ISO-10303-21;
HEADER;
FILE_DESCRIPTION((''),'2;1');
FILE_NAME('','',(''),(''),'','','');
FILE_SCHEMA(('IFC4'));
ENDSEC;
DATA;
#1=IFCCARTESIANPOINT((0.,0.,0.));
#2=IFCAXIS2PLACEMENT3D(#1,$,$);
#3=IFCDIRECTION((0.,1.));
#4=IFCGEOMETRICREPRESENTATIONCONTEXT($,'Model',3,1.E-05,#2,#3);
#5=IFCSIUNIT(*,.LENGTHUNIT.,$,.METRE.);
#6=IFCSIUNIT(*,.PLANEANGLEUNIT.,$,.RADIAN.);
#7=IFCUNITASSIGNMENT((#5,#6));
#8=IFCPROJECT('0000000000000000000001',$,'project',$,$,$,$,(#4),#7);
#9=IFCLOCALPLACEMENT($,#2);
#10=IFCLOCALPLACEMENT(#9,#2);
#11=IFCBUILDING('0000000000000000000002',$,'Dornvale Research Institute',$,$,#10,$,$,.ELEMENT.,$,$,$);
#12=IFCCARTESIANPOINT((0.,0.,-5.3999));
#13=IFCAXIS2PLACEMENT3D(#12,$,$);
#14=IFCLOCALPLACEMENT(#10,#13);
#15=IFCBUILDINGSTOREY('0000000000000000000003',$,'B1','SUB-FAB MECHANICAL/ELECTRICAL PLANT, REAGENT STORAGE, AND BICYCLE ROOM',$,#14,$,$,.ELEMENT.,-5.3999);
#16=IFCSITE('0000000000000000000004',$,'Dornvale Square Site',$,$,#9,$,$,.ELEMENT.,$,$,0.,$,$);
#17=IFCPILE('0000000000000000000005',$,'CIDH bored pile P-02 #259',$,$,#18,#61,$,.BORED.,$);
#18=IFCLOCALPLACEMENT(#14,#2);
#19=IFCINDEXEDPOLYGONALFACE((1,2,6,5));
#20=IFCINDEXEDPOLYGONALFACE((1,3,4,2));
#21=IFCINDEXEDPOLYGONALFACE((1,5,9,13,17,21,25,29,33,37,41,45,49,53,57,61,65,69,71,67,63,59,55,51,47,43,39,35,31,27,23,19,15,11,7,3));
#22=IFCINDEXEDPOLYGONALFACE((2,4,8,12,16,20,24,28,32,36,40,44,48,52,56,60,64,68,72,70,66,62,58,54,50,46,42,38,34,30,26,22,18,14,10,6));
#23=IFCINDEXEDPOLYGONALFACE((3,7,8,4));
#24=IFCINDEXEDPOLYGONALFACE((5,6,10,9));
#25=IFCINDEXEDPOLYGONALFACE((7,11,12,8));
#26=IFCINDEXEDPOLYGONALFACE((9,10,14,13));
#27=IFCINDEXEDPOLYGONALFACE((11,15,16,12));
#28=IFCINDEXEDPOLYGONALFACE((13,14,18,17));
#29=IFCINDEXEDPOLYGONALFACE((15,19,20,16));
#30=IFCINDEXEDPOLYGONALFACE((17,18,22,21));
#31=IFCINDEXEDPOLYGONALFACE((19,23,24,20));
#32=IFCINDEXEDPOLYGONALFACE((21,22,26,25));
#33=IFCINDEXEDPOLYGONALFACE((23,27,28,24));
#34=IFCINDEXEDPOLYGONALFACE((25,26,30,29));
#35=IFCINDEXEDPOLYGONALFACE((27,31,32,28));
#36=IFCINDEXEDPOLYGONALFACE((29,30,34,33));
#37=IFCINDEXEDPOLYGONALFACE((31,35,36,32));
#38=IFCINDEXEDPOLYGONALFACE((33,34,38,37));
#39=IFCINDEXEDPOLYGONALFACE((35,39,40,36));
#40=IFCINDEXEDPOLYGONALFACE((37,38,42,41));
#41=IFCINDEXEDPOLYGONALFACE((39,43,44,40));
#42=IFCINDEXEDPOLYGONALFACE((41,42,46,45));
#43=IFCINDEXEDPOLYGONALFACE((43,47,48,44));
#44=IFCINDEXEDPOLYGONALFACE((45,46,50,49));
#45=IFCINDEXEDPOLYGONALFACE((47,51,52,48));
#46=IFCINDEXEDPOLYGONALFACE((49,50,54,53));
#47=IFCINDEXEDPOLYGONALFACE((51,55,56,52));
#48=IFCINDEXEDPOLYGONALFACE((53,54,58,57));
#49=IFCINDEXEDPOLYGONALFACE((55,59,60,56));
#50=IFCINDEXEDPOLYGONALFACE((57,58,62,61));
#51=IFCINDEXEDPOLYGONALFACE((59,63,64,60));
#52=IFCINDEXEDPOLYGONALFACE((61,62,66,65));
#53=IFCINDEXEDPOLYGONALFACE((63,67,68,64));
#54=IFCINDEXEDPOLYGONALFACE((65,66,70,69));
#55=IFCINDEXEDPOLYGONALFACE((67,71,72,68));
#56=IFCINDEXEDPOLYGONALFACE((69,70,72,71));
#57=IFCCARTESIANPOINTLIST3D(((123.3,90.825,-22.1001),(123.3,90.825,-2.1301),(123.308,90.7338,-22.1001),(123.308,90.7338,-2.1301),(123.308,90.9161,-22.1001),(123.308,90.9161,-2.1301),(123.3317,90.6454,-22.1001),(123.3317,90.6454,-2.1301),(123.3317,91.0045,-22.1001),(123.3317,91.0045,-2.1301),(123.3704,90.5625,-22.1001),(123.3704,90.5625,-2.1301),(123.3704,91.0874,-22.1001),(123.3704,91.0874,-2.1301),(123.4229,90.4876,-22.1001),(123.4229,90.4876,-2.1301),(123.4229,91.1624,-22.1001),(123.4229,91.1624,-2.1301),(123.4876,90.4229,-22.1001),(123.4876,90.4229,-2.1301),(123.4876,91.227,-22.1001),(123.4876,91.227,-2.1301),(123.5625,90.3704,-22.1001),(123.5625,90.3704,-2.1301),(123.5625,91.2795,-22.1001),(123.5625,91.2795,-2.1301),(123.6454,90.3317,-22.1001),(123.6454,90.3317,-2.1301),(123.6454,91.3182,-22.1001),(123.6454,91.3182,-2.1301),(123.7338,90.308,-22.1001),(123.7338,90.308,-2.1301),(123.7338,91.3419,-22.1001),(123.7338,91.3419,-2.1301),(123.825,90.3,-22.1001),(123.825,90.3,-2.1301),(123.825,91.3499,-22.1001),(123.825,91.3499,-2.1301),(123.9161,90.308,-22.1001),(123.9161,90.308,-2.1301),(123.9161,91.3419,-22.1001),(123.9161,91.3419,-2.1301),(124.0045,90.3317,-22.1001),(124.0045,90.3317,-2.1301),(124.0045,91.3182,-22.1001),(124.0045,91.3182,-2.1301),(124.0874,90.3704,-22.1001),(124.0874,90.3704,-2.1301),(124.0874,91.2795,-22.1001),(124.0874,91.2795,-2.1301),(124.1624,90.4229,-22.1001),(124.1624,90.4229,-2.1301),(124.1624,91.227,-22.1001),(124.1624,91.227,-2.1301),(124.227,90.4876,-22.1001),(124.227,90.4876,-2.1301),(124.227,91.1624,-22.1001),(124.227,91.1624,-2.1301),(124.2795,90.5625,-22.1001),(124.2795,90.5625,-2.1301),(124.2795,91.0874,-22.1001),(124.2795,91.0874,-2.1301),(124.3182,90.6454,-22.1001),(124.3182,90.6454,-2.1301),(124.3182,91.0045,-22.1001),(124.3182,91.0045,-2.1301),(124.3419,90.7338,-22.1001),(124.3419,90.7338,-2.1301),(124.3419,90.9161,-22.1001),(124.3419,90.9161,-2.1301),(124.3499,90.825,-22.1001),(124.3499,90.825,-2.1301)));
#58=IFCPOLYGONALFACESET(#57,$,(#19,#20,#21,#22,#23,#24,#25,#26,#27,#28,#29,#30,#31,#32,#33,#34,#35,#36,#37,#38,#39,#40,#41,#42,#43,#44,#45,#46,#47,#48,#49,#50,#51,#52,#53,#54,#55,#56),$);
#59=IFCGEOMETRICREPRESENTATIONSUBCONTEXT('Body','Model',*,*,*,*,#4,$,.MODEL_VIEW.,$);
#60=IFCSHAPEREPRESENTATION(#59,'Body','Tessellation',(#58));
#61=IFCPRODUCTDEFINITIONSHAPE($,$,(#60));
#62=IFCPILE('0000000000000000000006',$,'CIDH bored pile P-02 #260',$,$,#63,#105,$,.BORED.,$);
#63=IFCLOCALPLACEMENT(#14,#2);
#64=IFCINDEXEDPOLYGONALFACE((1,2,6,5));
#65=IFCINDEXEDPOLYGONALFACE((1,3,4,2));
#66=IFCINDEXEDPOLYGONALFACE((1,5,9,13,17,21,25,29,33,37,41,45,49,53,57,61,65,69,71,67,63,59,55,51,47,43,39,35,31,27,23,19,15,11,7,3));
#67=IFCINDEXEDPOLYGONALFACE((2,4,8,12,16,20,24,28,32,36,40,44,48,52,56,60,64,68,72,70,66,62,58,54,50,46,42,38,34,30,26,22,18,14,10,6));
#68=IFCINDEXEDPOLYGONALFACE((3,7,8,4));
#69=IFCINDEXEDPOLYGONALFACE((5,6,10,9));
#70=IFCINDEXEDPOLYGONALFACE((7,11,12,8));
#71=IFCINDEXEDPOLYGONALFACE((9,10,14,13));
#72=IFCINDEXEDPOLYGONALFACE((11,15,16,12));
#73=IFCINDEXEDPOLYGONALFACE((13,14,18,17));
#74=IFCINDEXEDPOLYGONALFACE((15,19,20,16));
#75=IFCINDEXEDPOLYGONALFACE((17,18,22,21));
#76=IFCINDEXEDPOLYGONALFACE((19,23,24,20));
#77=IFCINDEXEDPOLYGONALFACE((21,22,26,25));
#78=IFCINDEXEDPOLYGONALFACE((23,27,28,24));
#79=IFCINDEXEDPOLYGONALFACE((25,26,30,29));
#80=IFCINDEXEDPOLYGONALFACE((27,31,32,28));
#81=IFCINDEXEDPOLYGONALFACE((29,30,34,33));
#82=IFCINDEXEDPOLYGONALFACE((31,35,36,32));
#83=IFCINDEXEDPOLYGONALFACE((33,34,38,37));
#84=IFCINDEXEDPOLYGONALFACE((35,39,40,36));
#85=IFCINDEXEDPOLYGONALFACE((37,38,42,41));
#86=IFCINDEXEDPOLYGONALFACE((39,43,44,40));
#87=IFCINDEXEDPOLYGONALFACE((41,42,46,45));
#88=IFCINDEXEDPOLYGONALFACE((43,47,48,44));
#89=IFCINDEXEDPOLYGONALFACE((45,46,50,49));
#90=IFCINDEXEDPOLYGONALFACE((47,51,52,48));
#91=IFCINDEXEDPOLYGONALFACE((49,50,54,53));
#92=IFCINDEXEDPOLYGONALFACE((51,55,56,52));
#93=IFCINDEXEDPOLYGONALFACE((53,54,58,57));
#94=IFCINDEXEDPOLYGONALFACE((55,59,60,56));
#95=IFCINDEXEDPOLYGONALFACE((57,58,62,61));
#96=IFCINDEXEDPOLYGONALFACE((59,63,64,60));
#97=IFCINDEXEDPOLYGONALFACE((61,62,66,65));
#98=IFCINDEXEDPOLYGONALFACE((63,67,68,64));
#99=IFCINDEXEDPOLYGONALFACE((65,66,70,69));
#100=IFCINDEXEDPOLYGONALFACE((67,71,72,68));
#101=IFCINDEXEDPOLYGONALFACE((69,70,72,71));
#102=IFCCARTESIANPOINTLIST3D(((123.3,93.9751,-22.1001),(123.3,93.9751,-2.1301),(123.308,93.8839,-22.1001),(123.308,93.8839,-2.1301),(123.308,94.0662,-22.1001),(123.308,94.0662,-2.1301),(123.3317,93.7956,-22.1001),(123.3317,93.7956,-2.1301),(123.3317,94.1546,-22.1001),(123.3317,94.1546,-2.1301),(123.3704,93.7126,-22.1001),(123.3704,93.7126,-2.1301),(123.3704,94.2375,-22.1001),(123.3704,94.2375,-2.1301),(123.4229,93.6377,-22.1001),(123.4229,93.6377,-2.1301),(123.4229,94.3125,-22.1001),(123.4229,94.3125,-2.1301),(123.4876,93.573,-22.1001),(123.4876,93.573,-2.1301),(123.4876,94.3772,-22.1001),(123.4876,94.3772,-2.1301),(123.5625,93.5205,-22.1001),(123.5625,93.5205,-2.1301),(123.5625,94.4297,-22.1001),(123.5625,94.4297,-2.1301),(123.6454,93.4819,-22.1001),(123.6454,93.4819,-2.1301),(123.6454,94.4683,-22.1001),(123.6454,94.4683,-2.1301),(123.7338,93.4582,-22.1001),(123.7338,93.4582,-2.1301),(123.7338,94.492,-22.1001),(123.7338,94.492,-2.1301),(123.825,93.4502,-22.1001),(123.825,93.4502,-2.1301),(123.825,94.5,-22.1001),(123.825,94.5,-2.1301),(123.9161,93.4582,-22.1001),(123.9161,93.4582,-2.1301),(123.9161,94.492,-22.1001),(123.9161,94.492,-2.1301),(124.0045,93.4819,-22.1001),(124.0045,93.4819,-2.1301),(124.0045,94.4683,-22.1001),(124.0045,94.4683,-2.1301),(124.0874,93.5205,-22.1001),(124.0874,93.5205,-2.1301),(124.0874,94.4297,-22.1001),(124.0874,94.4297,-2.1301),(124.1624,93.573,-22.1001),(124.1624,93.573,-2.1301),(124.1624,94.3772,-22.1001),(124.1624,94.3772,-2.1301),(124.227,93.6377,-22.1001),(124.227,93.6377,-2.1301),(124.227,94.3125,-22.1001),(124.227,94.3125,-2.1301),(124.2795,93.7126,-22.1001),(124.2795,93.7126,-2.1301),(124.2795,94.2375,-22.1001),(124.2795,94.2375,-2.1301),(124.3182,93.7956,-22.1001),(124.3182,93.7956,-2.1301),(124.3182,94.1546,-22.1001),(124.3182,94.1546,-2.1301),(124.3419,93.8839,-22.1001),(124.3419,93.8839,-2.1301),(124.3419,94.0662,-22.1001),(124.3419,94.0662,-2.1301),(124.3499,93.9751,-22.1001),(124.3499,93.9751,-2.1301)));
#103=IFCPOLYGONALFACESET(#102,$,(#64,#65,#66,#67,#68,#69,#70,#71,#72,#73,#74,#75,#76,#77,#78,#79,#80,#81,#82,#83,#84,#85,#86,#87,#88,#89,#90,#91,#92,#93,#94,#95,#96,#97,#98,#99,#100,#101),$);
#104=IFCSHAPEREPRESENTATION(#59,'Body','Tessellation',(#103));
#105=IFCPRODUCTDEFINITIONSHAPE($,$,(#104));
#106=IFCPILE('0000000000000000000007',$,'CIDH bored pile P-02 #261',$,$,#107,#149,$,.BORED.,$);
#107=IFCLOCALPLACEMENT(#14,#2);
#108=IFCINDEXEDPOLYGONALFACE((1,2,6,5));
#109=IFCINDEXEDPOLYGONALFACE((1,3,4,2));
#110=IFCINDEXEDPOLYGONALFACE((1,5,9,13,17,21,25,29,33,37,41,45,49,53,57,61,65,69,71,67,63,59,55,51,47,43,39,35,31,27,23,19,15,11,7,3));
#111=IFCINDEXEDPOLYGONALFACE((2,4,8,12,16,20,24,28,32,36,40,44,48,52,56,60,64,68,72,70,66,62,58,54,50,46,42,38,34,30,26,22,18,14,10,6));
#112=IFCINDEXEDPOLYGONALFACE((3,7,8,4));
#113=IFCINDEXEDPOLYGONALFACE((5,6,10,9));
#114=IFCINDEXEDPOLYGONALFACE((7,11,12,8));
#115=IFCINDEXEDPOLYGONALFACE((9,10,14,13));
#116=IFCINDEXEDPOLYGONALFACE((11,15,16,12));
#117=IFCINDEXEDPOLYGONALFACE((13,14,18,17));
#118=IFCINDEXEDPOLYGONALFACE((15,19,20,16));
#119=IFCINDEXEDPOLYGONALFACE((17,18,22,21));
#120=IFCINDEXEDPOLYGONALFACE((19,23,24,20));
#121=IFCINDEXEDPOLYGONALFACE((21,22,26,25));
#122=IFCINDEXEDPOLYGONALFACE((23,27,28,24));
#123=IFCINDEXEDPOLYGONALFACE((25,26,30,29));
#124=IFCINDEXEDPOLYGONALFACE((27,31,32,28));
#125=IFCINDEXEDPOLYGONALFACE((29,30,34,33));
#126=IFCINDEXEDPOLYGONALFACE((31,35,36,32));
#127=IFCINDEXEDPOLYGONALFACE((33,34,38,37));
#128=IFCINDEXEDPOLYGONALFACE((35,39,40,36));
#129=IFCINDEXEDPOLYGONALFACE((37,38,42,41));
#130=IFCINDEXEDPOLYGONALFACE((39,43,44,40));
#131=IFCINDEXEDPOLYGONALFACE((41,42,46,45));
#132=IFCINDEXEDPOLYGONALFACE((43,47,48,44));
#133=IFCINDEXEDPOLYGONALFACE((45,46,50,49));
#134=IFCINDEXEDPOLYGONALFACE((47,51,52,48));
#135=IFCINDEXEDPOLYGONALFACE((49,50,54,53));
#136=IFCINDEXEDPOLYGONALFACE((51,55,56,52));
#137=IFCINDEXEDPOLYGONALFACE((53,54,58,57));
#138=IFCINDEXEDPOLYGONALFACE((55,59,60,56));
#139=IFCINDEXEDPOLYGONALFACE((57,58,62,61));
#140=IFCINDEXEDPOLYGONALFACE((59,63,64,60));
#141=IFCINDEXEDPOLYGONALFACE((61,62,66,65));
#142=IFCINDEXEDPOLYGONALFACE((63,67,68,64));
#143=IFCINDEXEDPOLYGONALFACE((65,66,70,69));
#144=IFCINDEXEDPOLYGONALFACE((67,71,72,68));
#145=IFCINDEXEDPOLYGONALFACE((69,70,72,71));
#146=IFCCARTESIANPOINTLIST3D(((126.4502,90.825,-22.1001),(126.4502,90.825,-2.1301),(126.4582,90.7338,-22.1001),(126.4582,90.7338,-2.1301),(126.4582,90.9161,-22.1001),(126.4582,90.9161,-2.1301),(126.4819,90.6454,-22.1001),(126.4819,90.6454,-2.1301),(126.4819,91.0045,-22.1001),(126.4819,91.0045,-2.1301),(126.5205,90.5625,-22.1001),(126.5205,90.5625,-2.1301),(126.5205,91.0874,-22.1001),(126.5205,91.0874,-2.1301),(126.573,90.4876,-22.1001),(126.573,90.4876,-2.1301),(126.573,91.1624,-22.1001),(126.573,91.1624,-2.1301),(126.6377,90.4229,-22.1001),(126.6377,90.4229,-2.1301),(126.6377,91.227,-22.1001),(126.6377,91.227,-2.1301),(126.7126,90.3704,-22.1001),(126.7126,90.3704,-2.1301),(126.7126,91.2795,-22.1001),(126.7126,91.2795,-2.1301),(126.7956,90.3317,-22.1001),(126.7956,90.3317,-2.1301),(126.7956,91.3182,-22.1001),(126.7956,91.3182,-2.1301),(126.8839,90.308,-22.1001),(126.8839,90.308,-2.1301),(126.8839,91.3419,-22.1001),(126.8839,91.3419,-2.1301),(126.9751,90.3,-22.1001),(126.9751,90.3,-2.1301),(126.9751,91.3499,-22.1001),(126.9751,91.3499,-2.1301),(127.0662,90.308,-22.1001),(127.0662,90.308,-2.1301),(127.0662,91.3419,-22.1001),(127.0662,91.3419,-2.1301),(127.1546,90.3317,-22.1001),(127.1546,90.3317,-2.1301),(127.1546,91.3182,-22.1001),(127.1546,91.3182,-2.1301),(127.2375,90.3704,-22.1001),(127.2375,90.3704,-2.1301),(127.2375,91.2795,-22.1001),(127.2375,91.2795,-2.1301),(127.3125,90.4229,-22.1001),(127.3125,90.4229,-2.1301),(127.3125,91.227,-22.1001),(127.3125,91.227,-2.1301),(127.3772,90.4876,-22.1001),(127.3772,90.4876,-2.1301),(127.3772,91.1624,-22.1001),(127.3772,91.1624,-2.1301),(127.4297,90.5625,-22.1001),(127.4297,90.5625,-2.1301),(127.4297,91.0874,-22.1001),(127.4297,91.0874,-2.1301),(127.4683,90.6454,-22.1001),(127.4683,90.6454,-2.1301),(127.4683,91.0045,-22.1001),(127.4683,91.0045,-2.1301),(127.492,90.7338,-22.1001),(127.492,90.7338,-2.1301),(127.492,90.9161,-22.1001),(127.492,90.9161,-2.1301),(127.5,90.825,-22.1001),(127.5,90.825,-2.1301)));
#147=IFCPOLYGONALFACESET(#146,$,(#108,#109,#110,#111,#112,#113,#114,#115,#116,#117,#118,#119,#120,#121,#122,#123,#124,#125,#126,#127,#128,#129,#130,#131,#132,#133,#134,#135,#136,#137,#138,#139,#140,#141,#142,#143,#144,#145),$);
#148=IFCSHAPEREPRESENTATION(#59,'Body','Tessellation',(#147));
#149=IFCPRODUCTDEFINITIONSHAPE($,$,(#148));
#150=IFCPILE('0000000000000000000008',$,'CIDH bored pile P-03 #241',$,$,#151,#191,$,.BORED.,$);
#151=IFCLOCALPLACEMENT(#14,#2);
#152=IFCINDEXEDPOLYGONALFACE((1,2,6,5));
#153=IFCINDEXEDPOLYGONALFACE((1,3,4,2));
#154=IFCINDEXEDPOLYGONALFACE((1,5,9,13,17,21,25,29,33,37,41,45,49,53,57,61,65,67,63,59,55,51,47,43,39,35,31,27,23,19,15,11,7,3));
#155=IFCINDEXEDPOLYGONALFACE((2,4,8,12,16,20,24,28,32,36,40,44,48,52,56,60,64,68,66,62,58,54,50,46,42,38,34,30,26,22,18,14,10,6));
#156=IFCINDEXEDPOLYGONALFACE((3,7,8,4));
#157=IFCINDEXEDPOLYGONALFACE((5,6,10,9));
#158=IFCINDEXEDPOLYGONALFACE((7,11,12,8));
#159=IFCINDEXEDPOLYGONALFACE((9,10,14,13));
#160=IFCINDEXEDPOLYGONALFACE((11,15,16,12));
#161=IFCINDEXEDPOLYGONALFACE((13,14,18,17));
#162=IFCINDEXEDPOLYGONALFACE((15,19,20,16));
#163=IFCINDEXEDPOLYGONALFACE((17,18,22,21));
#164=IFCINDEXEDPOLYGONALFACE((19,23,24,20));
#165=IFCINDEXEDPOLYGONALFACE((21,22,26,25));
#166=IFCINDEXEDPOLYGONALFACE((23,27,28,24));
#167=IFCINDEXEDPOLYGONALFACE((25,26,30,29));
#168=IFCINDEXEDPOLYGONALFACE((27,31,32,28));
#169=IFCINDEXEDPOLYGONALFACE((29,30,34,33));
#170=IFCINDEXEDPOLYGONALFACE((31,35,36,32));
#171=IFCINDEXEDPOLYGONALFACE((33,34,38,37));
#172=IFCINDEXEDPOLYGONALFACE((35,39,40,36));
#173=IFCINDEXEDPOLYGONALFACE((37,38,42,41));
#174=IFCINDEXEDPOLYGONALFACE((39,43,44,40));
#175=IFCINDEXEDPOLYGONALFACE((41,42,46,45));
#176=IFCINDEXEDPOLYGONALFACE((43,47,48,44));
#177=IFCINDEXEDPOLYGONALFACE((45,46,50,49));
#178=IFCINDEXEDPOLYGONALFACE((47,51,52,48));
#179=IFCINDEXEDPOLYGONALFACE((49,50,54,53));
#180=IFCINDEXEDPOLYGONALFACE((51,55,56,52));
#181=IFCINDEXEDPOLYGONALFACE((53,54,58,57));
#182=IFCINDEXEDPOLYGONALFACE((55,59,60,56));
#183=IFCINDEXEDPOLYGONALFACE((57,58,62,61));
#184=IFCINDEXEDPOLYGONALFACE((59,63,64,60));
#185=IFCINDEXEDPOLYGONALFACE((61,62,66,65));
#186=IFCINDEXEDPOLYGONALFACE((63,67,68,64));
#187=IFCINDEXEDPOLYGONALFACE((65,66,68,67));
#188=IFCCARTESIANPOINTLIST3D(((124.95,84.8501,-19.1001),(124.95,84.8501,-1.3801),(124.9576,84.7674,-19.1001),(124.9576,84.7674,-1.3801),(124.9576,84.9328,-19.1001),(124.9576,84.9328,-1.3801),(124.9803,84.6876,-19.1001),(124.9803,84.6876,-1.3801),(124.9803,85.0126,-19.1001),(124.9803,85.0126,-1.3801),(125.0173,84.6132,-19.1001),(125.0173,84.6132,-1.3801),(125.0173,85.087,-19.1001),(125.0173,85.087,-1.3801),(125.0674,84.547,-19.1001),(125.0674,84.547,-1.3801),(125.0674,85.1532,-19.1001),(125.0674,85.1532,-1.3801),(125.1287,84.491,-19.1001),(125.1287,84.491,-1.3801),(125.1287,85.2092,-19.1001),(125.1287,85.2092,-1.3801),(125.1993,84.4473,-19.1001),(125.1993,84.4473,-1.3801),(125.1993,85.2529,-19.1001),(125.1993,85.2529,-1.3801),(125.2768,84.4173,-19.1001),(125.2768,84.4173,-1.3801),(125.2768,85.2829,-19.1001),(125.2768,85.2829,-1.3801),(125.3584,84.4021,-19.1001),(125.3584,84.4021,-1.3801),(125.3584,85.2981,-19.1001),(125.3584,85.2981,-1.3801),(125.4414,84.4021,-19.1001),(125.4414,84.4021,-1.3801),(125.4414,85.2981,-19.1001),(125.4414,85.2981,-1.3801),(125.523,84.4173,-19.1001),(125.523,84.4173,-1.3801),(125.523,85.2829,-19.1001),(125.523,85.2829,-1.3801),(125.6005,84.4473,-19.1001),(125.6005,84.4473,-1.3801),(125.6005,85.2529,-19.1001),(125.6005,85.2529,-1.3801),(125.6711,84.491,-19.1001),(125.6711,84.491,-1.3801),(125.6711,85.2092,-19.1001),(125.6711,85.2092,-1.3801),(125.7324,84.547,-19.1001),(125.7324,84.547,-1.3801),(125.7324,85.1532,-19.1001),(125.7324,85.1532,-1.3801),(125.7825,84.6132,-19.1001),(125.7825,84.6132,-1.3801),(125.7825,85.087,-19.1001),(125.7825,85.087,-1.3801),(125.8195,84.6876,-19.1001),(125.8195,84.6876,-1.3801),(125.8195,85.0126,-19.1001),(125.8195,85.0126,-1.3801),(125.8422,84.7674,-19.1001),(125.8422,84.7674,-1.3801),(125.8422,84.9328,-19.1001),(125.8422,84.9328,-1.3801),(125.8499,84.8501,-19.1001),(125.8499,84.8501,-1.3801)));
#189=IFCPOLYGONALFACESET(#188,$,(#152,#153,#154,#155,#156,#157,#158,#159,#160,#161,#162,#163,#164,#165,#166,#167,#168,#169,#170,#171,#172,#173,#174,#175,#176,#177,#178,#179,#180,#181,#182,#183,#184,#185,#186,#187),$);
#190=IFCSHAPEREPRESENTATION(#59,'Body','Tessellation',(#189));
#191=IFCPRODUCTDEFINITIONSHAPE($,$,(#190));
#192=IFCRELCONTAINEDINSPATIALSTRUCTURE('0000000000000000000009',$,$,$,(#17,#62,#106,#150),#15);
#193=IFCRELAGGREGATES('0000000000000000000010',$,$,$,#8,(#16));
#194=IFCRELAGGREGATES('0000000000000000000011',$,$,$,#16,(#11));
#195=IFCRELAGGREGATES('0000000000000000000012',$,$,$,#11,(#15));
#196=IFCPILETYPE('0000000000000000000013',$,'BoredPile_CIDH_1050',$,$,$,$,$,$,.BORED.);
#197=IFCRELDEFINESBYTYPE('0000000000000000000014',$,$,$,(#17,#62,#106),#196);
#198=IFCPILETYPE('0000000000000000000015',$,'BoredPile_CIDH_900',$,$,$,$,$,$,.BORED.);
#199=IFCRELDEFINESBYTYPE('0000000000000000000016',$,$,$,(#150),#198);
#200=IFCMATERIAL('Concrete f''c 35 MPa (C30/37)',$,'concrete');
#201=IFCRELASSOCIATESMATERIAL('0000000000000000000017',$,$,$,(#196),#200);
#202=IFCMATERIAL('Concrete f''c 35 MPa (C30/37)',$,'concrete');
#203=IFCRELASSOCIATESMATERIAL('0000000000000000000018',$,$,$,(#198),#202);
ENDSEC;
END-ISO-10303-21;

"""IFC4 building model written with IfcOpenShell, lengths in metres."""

from ifc_helpers import new_model, si_unit, direction, frame, origin, origin_2d, place, context, subcontext, project, spatial, circle, extrude, material, material_profile, profile_set, type_object, element, save


model = new_model("IFC4")

# Units and contexts
model_context = context("Model", 3, precision=1e-05, world=origin(), true_north=direction((0.0, 1.0)))
body_context = subcontext(model_context, "Body", "Model", "MODEL_VIEW")
ifc_project = project(units=[si_unit("LENGTHUNIT", "METRE"), si_unit("PLANEANGLEUNIT", "RADIAN")], contexts=[model_context])

# Site, building, storey
site_placement = place(None, origin())
site = spatial("IfcSite", under=ifc_project, at=site_placement, Name="Dornvale Square Site", CompositionType="ELEMENT", RefElevation=0.0)
building_placement = place(site_placement, origin())
building = spatial("IfcBuilding", under=site, at=building_placement, Name="Dornvale Research Institute", CompositionType="ELEMENT")
storey_placement = place(building_placement, frame((0.0, 0.0, -5.3999)))
storey = spatial("IfcBuildingStorey", under=building, at=storey_placement, Name="B1", Description="SUB-FAB MECHANICAL/ELECTRICAL PLANT, REAGENT STORAGE, AND BICYCLE ROOM", CompositionType="ELEMENT", Elevation=-5.3999)

# Piles
ifc_material_1 = material(Name="Concrete f'c 35 MPa (C30/37)", Category="concrete")
ifc_material_profile_1 = material_profile(ifc_material_1, circle(Radius=0.5249, at=origin_2d()), Name="CIDH PILE D1050")
ifc_profile_set_1 = profile_set([ifc_material_profile_1], Name="Concrete f'c 35 MPa (C30/37)")
pile_type_1 = type_object("IfcPileType", Name="BoredPile_CIDH_1050", PredefinedType="BORED", material=ifc_profile_set_1)
for number, where, z_axis, x_axis, name in (
    (1, (123.825, 90.825, -2.1301), (0.0, 0.0, -1.0), (1.0, 0.0, 0.0), "CIDH bored pile P-02 #259"),
    (2, (123.825, 93.9751, -2.1301), (0.0, 0.0, -1.0), (1.0, 0.0, 0.0), "CIDH bored pile P-02 #260"),
    (3, (126.9751, 90.825, -2.1301), (0.0, 0.0, -1.0), (1.0, 0.0, 0.0), "CIDH bored pile P-02 #261"),
):
    element("IfcPile", number, at=place(storey_placement, frame(where, z_axis=z_axis, x_axis=x_axis)), inside=storey, type_object=pile_type_1, Name=name, PredefinedType="BORED", context=body_context, shape_type="SweptSolid", body=[
        extrude(circle(Radius=0.5249, at=origin_2d()), origin(), (0.0, 0.0, 1.0), 19.97),
    ])
ifc_material_2 = material(Name="Concrete f'c 35 MPa (C30/37)", Category="concrete")
ifc_material_profile_2 = material_profile(ifc_material_2, circle(Radius=0.45, at=origin_2d()), Name="CIDH PILE D900")
ifc_profile_set_2 = profile_set([ifc_material_profile_2], Name="Concrete f'c 35 MPa (C30/37)")
pile_type_2 = type_object("IfcPileType", Name="BoredPile_CIDH_900", PredefinedType="BORED", material=ifc_profile_set_2)
for number, where, z_axis, x_axis, name in (
    (4, (125.3999, 84.8501, -1.3801), (0.0, 0.0, -1.0), (1.0, 0.0, 0.0), "CIDH bored pile P-03 #241"),
):
    element("IfcPile", number, at=place(storey_placement, frame(where, z_axis=z_axis, x_axis=x_axis)), inside=storey, type_object=pile_type_2, Name=name, PredefinedType="BORED", context=body_context, shape_type="SweptSolid", body=[
        extrude(circle(Radius=0.45, at=origin_2d()), origin(), (0.0, 0.0, 1.0), 17.72),
    ])

save(model, "model.ifc")
